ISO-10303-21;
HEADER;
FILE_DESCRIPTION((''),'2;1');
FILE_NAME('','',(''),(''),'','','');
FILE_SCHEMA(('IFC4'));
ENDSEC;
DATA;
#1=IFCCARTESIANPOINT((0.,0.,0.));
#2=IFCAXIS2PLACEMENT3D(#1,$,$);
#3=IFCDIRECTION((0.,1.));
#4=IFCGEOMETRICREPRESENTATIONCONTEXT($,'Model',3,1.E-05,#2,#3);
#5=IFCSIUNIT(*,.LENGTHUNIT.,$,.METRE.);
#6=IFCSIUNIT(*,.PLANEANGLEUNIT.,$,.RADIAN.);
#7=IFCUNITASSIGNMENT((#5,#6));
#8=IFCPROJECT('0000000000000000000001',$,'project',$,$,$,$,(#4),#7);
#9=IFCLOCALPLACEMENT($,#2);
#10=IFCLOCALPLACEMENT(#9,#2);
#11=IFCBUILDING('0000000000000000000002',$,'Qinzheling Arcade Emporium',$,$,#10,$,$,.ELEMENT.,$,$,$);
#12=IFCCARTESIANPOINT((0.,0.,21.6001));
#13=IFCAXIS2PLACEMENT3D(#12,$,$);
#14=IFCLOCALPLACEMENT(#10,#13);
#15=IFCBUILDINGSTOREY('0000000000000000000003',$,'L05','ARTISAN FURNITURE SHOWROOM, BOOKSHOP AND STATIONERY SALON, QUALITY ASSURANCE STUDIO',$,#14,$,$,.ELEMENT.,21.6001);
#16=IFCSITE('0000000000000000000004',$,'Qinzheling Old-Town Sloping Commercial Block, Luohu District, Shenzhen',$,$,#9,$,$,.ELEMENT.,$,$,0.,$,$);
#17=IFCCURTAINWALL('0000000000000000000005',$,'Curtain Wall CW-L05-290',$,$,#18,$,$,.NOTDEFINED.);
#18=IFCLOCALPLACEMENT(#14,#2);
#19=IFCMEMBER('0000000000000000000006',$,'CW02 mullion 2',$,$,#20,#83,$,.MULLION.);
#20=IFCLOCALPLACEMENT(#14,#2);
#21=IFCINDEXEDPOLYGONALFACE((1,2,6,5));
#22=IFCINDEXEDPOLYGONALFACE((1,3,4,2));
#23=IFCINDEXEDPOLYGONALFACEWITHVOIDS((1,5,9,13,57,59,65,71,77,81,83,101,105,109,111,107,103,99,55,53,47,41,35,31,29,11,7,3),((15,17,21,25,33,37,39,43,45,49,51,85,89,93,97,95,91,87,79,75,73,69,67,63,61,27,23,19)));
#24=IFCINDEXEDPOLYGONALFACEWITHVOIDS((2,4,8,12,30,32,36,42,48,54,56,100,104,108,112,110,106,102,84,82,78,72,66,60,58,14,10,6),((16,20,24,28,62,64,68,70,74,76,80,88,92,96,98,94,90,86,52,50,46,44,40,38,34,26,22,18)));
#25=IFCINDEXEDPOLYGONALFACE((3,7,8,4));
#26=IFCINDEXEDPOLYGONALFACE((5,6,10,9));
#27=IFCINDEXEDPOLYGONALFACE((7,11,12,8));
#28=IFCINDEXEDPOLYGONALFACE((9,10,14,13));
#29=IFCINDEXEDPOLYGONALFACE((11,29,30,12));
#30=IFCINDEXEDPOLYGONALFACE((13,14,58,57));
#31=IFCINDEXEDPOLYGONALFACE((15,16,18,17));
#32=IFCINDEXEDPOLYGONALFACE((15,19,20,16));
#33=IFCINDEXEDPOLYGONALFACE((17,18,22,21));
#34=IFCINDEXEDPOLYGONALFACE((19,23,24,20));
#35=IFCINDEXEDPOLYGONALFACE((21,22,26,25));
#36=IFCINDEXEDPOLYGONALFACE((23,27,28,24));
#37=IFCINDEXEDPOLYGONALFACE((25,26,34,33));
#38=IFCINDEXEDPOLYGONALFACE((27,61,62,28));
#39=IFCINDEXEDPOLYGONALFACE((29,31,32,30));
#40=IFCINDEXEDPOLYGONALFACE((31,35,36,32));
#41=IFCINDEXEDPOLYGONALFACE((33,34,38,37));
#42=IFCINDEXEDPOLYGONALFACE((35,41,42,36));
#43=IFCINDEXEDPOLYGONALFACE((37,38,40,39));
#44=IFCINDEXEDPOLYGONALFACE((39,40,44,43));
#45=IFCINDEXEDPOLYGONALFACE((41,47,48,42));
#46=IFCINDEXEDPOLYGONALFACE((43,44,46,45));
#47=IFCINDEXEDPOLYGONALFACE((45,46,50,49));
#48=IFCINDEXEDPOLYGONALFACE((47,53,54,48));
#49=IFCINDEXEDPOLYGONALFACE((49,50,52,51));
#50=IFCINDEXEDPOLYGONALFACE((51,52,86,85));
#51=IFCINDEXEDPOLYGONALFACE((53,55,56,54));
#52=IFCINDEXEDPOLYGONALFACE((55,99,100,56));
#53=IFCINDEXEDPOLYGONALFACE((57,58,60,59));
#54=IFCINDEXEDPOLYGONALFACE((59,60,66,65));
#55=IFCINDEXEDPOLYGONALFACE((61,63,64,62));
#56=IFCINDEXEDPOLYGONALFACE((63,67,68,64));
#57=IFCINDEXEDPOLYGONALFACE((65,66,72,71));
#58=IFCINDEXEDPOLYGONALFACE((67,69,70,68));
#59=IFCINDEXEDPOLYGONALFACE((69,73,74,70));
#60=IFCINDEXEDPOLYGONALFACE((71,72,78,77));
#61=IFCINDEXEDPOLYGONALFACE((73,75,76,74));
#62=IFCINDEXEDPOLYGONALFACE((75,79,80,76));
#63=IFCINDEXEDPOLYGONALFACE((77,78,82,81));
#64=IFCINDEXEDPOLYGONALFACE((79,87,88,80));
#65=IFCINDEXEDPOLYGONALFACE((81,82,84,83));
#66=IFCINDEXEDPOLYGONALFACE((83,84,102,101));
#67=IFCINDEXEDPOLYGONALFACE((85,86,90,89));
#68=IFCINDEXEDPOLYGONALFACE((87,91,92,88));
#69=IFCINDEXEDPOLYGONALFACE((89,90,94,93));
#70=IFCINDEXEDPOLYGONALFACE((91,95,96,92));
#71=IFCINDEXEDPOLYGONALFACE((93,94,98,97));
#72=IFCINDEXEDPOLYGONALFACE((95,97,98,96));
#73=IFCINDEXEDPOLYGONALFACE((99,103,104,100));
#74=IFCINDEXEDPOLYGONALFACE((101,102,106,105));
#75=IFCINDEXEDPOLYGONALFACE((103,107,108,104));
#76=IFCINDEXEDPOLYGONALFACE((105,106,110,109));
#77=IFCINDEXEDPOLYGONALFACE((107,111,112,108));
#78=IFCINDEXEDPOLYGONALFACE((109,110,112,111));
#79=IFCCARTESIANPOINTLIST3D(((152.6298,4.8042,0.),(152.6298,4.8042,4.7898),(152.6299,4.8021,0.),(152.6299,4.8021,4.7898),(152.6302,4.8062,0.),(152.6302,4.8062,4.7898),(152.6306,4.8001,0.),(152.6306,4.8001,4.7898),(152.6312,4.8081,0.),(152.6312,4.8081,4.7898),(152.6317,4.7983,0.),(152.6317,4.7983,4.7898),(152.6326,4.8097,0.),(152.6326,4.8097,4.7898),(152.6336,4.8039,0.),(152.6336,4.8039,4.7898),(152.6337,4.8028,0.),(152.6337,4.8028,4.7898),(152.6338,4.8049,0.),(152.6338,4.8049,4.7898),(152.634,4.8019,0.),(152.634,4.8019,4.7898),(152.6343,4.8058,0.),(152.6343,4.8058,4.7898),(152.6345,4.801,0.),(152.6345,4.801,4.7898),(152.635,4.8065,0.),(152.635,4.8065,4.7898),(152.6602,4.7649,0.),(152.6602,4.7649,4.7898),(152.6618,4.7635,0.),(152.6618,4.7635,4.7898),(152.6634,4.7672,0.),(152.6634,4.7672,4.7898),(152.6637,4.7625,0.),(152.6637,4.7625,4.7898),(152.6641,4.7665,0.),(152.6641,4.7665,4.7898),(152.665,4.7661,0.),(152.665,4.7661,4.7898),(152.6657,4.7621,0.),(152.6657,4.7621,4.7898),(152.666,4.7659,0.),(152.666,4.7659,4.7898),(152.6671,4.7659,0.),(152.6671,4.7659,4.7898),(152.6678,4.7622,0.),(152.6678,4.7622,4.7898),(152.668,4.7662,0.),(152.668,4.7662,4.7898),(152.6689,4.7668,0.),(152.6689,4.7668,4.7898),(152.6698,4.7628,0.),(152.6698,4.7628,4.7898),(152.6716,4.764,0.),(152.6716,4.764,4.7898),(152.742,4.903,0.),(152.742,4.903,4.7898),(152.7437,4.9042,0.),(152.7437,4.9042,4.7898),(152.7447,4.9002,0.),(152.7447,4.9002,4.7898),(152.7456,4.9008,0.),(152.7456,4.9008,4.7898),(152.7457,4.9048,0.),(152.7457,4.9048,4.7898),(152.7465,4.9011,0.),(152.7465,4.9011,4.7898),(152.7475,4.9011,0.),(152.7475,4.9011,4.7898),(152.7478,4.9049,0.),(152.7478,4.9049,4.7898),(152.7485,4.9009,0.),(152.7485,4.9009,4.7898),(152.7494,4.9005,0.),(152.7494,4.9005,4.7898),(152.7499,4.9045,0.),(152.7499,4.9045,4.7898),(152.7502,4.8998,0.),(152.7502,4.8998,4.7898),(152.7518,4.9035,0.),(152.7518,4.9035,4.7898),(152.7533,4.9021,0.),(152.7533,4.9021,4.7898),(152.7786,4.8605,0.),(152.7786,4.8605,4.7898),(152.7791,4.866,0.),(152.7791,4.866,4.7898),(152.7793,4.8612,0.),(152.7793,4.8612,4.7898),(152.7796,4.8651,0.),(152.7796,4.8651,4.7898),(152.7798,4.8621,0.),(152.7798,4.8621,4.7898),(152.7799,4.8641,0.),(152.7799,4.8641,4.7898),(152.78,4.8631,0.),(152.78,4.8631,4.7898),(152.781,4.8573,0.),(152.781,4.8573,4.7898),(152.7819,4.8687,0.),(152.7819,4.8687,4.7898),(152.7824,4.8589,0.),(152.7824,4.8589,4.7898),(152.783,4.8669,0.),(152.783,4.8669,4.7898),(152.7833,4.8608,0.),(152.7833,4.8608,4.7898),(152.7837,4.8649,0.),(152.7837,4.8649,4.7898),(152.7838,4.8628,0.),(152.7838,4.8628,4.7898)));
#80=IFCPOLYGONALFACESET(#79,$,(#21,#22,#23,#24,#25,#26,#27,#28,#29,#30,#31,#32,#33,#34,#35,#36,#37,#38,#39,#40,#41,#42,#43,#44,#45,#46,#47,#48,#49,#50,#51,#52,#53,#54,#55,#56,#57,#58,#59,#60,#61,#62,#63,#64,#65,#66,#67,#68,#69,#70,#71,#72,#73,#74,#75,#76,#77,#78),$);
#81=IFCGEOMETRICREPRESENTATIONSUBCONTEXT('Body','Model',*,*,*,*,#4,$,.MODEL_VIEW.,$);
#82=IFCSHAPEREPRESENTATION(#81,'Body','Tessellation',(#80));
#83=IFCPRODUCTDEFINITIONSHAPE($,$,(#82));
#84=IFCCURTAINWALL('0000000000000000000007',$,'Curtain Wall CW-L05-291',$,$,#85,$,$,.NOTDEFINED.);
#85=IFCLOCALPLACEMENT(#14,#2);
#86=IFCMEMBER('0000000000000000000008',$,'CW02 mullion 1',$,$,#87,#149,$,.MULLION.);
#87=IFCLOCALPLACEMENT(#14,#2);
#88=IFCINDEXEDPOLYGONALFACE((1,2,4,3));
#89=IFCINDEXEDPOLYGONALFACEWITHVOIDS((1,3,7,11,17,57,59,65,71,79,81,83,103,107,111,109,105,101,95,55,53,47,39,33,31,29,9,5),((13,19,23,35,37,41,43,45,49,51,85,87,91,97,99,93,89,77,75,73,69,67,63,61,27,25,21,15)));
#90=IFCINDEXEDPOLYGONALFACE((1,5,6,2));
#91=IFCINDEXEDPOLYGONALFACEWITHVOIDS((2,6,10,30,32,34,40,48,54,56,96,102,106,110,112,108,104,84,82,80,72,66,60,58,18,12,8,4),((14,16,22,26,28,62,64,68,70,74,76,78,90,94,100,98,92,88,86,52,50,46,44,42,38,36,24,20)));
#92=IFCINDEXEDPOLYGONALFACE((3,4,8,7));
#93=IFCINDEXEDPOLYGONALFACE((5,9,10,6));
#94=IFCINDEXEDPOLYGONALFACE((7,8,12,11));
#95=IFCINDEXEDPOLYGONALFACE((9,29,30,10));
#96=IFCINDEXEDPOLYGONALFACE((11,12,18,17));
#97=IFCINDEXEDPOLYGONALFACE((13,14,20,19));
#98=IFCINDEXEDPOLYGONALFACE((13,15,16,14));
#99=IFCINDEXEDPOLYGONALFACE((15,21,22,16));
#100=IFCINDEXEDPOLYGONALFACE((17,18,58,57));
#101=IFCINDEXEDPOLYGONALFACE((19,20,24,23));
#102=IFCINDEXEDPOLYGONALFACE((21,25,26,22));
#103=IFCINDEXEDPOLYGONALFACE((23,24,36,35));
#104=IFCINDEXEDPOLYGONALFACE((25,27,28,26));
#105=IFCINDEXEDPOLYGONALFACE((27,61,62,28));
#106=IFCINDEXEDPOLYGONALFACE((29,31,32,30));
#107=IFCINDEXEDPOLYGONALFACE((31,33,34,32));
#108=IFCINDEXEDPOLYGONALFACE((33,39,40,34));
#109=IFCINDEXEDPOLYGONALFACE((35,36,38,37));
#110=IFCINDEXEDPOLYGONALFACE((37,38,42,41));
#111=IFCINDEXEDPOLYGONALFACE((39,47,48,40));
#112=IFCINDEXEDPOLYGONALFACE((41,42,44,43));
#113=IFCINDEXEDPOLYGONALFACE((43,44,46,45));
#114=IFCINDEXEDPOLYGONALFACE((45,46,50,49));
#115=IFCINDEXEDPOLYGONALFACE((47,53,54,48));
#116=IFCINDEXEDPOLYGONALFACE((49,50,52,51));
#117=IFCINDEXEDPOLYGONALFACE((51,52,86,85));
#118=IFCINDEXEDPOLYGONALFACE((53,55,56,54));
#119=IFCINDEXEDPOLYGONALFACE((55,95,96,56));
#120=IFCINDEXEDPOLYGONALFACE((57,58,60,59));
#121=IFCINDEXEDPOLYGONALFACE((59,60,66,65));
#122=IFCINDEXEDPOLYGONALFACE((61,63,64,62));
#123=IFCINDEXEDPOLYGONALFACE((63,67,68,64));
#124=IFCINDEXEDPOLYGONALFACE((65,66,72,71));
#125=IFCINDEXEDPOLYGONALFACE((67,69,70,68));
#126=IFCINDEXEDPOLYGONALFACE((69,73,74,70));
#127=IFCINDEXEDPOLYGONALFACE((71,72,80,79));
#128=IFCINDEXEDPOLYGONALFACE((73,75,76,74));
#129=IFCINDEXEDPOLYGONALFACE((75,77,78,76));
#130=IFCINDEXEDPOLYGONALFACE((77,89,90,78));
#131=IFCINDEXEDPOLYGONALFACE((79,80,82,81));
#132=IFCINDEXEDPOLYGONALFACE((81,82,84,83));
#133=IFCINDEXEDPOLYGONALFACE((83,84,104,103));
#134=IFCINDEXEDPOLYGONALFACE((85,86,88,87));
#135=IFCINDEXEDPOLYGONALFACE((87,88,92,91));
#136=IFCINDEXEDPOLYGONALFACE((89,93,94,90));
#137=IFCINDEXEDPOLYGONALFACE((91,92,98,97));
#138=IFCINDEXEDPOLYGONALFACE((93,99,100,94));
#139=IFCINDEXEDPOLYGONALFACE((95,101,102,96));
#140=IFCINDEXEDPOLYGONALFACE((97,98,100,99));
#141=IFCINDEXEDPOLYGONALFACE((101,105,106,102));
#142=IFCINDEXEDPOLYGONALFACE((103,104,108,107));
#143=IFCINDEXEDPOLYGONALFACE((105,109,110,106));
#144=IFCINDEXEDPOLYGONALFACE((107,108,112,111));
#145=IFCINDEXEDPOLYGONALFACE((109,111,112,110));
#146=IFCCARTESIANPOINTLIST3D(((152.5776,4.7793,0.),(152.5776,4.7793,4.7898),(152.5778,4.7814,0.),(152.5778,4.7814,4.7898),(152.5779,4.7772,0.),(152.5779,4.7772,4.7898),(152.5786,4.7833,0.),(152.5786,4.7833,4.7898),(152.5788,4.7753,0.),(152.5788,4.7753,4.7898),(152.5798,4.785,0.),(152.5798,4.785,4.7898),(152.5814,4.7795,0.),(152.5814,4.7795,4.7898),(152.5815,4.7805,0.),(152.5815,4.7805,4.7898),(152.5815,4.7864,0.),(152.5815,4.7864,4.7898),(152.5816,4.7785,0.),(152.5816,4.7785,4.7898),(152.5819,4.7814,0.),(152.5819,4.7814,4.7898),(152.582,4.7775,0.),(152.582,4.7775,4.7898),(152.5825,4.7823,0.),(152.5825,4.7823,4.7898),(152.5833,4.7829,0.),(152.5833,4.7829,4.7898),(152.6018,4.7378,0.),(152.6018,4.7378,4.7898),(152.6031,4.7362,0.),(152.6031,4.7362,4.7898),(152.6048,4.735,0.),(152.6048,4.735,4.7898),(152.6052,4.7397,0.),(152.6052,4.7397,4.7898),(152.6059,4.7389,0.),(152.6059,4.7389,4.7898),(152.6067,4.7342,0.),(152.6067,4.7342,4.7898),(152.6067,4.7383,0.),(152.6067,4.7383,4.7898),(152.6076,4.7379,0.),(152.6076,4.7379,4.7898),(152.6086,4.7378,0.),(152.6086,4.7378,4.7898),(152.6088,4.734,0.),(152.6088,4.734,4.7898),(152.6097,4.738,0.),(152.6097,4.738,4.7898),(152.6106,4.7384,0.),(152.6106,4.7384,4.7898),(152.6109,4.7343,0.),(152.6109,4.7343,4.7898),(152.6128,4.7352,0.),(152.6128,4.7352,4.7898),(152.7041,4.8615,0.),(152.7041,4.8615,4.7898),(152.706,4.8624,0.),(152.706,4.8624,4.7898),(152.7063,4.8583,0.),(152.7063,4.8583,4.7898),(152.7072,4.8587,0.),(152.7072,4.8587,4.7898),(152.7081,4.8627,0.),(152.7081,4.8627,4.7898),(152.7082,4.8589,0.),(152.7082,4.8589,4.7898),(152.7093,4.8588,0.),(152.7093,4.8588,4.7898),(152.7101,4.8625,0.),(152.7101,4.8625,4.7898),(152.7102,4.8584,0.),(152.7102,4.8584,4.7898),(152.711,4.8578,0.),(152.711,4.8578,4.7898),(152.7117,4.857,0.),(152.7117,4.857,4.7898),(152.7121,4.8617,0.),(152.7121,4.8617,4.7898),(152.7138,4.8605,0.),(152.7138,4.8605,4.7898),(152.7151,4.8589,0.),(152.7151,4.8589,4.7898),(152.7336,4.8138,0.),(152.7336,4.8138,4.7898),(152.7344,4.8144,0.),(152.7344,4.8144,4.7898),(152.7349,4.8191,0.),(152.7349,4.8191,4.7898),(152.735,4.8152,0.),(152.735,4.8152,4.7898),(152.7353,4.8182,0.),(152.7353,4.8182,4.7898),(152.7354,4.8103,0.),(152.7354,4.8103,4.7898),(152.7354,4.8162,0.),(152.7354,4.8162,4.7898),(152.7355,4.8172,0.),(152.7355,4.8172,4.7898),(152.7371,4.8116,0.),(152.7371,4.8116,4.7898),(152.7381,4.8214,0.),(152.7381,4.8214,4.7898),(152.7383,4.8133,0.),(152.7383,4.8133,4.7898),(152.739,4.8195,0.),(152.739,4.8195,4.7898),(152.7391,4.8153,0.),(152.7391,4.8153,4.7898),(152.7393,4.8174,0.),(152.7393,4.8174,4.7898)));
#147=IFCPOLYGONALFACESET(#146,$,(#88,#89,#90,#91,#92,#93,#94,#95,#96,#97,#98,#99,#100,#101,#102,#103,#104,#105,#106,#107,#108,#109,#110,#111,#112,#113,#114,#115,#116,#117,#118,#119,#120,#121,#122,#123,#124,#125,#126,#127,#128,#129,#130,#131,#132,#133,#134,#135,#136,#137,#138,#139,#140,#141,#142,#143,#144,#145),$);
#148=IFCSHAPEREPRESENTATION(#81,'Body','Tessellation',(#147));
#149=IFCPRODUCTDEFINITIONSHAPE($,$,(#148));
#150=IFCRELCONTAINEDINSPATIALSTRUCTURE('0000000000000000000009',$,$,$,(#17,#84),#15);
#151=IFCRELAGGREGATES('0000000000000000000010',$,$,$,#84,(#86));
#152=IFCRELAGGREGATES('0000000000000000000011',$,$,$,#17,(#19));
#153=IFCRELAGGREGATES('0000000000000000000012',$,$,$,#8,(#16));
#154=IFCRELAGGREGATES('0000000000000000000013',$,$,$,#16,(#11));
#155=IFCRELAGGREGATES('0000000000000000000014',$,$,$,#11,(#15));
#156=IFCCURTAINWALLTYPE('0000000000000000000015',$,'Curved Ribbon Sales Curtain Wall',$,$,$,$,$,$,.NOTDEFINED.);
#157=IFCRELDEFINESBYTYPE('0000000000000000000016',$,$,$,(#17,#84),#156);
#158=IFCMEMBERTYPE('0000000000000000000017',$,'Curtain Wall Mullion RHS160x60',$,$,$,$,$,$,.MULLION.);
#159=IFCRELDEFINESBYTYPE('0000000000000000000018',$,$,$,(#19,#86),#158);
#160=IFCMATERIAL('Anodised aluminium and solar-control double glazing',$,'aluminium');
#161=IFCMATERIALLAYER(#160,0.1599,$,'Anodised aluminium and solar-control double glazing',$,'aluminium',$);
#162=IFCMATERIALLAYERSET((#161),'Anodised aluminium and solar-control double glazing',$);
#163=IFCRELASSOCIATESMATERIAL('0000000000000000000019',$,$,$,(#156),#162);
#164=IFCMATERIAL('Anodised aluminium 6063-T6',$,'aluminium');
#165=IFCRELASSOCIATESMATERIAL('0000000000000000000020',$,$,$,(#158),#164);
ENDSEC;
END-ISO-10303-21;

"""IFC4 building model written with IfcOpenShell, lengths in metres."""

from ifc_helpers import new_model, si_unit, direction, frame, origin, origin_2d, place, context, subcontext, project, spatial, hollow_rectangle, extrude, material, layer, layer_set, material_profile, profile_set, type_object, element, aggregate, save


model = new_model("IFC4")

# Units and contexts
model_context = context("Model", 3, precision=1e-05, world=origin(), true_north=direction((0.0, 1.0)))
body_context = subcontext(model_context, "Body", "Model", "MODEL_VIEW")
ifc_project = project(units=[si_unit("LENGTHUNIT", "METRE"), si_unit("PLANEANGLEUNIT", "RADIAN")], contexts=[model_context])

# Site, building, storey
site_placement = place(None, origin())
site = spatial("IfcSite", under=ifc_project, at=site_placement, Name="Qinzheling Old-Town Sloping Commercial Block, Luohu District, Shenzhen", CompositionType="ELEMENT", RefElevation=0.0)
building_placement = place(site_placement, origin())
building = spatial("IfcBuilding", under=site, at=building_placement, Name="Qinzheling Arcade Emporium", CompositionType="ELEMENT")
storey_placement = place(building_placement, frame((0.0, 0.0, 21.6001)))
storey = spatial("IfcBuildingStorey", under=building, at=storey_placement, Name="L05", Description="ARTISAN FURNITURE SHOWROOM, BOOKSHOP AND STATIONERY SALON, QUALITY ASSURANCE STUDIO", CompositionType="ELEMENT", Elevation=21.6001)

# Shared definitions
ifc_material_1 = material(Name="Anodised aluminium and solar-control double glazing", Category="aluminium")
ifc_layer_1 = layer(ifc_material_1, 0.1599, Name="Anodised aluminium and solar-control double glazing", Category="aluminium")
ifc_layer_set_1 = layer_set([ifc_layer_1], Name="Anodised aluminium and solar-control double glazing")
curtain_wall_type = type_object("IfcCurtainWallType", Name="Curved Ribbon Sales Curtain Wall", PredefinedType="NOTDEFINED", material=ifc_layer_set_1)
ifc_material_2 = material(Name="Anodised aluminium 6063-T6", Category="aluminium")
ifc_material_profile_1 = material_profile(ifc_material_2, hollow_rectangle(XDim=0.0601, YDim=0.1599, WallThickness=0.0039, InnerFilletRadius=0.0039, OuterFilletRadius=0.0081, at=origin_2d()), Name="RHS 160x60x4", Category="aluminium")
ifc_profile_set_1 = profile_set([ifc_material_profile_1], Name="Anodised aluminium 6063-T6")
member_type_1 = type_object("IfcMemberType", Name="Curtain Wall Mullion RHS160x60", PredefinedType="MULLION", material=ifc_profile_set_1)

# Curtain wall, member
curtain_wall_1_placement = place(storey_placement, origin())
curtain_wall_1 = element("IfcCurtainWall", 1, at=curtain_wall_1_placement, inside=storey, type_object=curtain_wall_type, Name="Curtain Wall CW-L05-290", PredefinedType="NOTDEFINED")
member_1_placement = place(storey_placement, frame((152.7068, 4.8335, 0.0), z_axis=(0.0, 0.0, 1.0), x_axis=(0.649243, -0.760581, 0.0)))
member_1 = element("IfcMember", 2, at=member_1_placement, type_object=member_type_1, Name="CW02 mullion 2", PredefinedType="MULLION", context=body_context, shape_type="SweptSolid", body=[
    extrude(hollow_rectangle(XDim=0.0601, YDim=0.1599, WallThickness=0.0039, InnerFilletRadius=0.0039, OuterFilletRadius=0.0081, at=origin_2d()), origin(), (0.0, 0.0, 1.0), 4.7898),
])

# Curtain wall, member
curtain_wall_2_placement = place(storey_placement, origin())
curtain_wall_2 = element("IfcCurtainWall", 3, at=curtain_wall_2_placement, inside=storey, type_object=curtain_wall_type, Name="Curtain Wall CW-L05-291", PredefinedType="NOTDEFINED")
member_2_placement = place(storey_placement, frame((152.6584, 4.7983, 0.0), z_axis=(0.0, 0.0, 1.0), x_axis=(0.522562, -0.852601, 0.0)))
member_2 = element("IfcMember", 4, at=member_2_placement, type_object=member_type_1, Name="CW02 mullion 1", PredefinedType="MULLION", context=body_context, shape_type="SweptSolid", body=[
    extrude(hollow_rectangle(XDim=0.0601, YDim=0.1599, WallThickness=0.0039, InnerFilletRadius=0.0039, OuterFilletRadius=0.0081, at=origin_2d()), origin(), (0.0, 0.0, 1.0), 4.7898),
])
aggregate(curtain_wall_2, [member_2])

aggregate(curtain_wall_1, [member_1])

save(model, "model.ifc")
